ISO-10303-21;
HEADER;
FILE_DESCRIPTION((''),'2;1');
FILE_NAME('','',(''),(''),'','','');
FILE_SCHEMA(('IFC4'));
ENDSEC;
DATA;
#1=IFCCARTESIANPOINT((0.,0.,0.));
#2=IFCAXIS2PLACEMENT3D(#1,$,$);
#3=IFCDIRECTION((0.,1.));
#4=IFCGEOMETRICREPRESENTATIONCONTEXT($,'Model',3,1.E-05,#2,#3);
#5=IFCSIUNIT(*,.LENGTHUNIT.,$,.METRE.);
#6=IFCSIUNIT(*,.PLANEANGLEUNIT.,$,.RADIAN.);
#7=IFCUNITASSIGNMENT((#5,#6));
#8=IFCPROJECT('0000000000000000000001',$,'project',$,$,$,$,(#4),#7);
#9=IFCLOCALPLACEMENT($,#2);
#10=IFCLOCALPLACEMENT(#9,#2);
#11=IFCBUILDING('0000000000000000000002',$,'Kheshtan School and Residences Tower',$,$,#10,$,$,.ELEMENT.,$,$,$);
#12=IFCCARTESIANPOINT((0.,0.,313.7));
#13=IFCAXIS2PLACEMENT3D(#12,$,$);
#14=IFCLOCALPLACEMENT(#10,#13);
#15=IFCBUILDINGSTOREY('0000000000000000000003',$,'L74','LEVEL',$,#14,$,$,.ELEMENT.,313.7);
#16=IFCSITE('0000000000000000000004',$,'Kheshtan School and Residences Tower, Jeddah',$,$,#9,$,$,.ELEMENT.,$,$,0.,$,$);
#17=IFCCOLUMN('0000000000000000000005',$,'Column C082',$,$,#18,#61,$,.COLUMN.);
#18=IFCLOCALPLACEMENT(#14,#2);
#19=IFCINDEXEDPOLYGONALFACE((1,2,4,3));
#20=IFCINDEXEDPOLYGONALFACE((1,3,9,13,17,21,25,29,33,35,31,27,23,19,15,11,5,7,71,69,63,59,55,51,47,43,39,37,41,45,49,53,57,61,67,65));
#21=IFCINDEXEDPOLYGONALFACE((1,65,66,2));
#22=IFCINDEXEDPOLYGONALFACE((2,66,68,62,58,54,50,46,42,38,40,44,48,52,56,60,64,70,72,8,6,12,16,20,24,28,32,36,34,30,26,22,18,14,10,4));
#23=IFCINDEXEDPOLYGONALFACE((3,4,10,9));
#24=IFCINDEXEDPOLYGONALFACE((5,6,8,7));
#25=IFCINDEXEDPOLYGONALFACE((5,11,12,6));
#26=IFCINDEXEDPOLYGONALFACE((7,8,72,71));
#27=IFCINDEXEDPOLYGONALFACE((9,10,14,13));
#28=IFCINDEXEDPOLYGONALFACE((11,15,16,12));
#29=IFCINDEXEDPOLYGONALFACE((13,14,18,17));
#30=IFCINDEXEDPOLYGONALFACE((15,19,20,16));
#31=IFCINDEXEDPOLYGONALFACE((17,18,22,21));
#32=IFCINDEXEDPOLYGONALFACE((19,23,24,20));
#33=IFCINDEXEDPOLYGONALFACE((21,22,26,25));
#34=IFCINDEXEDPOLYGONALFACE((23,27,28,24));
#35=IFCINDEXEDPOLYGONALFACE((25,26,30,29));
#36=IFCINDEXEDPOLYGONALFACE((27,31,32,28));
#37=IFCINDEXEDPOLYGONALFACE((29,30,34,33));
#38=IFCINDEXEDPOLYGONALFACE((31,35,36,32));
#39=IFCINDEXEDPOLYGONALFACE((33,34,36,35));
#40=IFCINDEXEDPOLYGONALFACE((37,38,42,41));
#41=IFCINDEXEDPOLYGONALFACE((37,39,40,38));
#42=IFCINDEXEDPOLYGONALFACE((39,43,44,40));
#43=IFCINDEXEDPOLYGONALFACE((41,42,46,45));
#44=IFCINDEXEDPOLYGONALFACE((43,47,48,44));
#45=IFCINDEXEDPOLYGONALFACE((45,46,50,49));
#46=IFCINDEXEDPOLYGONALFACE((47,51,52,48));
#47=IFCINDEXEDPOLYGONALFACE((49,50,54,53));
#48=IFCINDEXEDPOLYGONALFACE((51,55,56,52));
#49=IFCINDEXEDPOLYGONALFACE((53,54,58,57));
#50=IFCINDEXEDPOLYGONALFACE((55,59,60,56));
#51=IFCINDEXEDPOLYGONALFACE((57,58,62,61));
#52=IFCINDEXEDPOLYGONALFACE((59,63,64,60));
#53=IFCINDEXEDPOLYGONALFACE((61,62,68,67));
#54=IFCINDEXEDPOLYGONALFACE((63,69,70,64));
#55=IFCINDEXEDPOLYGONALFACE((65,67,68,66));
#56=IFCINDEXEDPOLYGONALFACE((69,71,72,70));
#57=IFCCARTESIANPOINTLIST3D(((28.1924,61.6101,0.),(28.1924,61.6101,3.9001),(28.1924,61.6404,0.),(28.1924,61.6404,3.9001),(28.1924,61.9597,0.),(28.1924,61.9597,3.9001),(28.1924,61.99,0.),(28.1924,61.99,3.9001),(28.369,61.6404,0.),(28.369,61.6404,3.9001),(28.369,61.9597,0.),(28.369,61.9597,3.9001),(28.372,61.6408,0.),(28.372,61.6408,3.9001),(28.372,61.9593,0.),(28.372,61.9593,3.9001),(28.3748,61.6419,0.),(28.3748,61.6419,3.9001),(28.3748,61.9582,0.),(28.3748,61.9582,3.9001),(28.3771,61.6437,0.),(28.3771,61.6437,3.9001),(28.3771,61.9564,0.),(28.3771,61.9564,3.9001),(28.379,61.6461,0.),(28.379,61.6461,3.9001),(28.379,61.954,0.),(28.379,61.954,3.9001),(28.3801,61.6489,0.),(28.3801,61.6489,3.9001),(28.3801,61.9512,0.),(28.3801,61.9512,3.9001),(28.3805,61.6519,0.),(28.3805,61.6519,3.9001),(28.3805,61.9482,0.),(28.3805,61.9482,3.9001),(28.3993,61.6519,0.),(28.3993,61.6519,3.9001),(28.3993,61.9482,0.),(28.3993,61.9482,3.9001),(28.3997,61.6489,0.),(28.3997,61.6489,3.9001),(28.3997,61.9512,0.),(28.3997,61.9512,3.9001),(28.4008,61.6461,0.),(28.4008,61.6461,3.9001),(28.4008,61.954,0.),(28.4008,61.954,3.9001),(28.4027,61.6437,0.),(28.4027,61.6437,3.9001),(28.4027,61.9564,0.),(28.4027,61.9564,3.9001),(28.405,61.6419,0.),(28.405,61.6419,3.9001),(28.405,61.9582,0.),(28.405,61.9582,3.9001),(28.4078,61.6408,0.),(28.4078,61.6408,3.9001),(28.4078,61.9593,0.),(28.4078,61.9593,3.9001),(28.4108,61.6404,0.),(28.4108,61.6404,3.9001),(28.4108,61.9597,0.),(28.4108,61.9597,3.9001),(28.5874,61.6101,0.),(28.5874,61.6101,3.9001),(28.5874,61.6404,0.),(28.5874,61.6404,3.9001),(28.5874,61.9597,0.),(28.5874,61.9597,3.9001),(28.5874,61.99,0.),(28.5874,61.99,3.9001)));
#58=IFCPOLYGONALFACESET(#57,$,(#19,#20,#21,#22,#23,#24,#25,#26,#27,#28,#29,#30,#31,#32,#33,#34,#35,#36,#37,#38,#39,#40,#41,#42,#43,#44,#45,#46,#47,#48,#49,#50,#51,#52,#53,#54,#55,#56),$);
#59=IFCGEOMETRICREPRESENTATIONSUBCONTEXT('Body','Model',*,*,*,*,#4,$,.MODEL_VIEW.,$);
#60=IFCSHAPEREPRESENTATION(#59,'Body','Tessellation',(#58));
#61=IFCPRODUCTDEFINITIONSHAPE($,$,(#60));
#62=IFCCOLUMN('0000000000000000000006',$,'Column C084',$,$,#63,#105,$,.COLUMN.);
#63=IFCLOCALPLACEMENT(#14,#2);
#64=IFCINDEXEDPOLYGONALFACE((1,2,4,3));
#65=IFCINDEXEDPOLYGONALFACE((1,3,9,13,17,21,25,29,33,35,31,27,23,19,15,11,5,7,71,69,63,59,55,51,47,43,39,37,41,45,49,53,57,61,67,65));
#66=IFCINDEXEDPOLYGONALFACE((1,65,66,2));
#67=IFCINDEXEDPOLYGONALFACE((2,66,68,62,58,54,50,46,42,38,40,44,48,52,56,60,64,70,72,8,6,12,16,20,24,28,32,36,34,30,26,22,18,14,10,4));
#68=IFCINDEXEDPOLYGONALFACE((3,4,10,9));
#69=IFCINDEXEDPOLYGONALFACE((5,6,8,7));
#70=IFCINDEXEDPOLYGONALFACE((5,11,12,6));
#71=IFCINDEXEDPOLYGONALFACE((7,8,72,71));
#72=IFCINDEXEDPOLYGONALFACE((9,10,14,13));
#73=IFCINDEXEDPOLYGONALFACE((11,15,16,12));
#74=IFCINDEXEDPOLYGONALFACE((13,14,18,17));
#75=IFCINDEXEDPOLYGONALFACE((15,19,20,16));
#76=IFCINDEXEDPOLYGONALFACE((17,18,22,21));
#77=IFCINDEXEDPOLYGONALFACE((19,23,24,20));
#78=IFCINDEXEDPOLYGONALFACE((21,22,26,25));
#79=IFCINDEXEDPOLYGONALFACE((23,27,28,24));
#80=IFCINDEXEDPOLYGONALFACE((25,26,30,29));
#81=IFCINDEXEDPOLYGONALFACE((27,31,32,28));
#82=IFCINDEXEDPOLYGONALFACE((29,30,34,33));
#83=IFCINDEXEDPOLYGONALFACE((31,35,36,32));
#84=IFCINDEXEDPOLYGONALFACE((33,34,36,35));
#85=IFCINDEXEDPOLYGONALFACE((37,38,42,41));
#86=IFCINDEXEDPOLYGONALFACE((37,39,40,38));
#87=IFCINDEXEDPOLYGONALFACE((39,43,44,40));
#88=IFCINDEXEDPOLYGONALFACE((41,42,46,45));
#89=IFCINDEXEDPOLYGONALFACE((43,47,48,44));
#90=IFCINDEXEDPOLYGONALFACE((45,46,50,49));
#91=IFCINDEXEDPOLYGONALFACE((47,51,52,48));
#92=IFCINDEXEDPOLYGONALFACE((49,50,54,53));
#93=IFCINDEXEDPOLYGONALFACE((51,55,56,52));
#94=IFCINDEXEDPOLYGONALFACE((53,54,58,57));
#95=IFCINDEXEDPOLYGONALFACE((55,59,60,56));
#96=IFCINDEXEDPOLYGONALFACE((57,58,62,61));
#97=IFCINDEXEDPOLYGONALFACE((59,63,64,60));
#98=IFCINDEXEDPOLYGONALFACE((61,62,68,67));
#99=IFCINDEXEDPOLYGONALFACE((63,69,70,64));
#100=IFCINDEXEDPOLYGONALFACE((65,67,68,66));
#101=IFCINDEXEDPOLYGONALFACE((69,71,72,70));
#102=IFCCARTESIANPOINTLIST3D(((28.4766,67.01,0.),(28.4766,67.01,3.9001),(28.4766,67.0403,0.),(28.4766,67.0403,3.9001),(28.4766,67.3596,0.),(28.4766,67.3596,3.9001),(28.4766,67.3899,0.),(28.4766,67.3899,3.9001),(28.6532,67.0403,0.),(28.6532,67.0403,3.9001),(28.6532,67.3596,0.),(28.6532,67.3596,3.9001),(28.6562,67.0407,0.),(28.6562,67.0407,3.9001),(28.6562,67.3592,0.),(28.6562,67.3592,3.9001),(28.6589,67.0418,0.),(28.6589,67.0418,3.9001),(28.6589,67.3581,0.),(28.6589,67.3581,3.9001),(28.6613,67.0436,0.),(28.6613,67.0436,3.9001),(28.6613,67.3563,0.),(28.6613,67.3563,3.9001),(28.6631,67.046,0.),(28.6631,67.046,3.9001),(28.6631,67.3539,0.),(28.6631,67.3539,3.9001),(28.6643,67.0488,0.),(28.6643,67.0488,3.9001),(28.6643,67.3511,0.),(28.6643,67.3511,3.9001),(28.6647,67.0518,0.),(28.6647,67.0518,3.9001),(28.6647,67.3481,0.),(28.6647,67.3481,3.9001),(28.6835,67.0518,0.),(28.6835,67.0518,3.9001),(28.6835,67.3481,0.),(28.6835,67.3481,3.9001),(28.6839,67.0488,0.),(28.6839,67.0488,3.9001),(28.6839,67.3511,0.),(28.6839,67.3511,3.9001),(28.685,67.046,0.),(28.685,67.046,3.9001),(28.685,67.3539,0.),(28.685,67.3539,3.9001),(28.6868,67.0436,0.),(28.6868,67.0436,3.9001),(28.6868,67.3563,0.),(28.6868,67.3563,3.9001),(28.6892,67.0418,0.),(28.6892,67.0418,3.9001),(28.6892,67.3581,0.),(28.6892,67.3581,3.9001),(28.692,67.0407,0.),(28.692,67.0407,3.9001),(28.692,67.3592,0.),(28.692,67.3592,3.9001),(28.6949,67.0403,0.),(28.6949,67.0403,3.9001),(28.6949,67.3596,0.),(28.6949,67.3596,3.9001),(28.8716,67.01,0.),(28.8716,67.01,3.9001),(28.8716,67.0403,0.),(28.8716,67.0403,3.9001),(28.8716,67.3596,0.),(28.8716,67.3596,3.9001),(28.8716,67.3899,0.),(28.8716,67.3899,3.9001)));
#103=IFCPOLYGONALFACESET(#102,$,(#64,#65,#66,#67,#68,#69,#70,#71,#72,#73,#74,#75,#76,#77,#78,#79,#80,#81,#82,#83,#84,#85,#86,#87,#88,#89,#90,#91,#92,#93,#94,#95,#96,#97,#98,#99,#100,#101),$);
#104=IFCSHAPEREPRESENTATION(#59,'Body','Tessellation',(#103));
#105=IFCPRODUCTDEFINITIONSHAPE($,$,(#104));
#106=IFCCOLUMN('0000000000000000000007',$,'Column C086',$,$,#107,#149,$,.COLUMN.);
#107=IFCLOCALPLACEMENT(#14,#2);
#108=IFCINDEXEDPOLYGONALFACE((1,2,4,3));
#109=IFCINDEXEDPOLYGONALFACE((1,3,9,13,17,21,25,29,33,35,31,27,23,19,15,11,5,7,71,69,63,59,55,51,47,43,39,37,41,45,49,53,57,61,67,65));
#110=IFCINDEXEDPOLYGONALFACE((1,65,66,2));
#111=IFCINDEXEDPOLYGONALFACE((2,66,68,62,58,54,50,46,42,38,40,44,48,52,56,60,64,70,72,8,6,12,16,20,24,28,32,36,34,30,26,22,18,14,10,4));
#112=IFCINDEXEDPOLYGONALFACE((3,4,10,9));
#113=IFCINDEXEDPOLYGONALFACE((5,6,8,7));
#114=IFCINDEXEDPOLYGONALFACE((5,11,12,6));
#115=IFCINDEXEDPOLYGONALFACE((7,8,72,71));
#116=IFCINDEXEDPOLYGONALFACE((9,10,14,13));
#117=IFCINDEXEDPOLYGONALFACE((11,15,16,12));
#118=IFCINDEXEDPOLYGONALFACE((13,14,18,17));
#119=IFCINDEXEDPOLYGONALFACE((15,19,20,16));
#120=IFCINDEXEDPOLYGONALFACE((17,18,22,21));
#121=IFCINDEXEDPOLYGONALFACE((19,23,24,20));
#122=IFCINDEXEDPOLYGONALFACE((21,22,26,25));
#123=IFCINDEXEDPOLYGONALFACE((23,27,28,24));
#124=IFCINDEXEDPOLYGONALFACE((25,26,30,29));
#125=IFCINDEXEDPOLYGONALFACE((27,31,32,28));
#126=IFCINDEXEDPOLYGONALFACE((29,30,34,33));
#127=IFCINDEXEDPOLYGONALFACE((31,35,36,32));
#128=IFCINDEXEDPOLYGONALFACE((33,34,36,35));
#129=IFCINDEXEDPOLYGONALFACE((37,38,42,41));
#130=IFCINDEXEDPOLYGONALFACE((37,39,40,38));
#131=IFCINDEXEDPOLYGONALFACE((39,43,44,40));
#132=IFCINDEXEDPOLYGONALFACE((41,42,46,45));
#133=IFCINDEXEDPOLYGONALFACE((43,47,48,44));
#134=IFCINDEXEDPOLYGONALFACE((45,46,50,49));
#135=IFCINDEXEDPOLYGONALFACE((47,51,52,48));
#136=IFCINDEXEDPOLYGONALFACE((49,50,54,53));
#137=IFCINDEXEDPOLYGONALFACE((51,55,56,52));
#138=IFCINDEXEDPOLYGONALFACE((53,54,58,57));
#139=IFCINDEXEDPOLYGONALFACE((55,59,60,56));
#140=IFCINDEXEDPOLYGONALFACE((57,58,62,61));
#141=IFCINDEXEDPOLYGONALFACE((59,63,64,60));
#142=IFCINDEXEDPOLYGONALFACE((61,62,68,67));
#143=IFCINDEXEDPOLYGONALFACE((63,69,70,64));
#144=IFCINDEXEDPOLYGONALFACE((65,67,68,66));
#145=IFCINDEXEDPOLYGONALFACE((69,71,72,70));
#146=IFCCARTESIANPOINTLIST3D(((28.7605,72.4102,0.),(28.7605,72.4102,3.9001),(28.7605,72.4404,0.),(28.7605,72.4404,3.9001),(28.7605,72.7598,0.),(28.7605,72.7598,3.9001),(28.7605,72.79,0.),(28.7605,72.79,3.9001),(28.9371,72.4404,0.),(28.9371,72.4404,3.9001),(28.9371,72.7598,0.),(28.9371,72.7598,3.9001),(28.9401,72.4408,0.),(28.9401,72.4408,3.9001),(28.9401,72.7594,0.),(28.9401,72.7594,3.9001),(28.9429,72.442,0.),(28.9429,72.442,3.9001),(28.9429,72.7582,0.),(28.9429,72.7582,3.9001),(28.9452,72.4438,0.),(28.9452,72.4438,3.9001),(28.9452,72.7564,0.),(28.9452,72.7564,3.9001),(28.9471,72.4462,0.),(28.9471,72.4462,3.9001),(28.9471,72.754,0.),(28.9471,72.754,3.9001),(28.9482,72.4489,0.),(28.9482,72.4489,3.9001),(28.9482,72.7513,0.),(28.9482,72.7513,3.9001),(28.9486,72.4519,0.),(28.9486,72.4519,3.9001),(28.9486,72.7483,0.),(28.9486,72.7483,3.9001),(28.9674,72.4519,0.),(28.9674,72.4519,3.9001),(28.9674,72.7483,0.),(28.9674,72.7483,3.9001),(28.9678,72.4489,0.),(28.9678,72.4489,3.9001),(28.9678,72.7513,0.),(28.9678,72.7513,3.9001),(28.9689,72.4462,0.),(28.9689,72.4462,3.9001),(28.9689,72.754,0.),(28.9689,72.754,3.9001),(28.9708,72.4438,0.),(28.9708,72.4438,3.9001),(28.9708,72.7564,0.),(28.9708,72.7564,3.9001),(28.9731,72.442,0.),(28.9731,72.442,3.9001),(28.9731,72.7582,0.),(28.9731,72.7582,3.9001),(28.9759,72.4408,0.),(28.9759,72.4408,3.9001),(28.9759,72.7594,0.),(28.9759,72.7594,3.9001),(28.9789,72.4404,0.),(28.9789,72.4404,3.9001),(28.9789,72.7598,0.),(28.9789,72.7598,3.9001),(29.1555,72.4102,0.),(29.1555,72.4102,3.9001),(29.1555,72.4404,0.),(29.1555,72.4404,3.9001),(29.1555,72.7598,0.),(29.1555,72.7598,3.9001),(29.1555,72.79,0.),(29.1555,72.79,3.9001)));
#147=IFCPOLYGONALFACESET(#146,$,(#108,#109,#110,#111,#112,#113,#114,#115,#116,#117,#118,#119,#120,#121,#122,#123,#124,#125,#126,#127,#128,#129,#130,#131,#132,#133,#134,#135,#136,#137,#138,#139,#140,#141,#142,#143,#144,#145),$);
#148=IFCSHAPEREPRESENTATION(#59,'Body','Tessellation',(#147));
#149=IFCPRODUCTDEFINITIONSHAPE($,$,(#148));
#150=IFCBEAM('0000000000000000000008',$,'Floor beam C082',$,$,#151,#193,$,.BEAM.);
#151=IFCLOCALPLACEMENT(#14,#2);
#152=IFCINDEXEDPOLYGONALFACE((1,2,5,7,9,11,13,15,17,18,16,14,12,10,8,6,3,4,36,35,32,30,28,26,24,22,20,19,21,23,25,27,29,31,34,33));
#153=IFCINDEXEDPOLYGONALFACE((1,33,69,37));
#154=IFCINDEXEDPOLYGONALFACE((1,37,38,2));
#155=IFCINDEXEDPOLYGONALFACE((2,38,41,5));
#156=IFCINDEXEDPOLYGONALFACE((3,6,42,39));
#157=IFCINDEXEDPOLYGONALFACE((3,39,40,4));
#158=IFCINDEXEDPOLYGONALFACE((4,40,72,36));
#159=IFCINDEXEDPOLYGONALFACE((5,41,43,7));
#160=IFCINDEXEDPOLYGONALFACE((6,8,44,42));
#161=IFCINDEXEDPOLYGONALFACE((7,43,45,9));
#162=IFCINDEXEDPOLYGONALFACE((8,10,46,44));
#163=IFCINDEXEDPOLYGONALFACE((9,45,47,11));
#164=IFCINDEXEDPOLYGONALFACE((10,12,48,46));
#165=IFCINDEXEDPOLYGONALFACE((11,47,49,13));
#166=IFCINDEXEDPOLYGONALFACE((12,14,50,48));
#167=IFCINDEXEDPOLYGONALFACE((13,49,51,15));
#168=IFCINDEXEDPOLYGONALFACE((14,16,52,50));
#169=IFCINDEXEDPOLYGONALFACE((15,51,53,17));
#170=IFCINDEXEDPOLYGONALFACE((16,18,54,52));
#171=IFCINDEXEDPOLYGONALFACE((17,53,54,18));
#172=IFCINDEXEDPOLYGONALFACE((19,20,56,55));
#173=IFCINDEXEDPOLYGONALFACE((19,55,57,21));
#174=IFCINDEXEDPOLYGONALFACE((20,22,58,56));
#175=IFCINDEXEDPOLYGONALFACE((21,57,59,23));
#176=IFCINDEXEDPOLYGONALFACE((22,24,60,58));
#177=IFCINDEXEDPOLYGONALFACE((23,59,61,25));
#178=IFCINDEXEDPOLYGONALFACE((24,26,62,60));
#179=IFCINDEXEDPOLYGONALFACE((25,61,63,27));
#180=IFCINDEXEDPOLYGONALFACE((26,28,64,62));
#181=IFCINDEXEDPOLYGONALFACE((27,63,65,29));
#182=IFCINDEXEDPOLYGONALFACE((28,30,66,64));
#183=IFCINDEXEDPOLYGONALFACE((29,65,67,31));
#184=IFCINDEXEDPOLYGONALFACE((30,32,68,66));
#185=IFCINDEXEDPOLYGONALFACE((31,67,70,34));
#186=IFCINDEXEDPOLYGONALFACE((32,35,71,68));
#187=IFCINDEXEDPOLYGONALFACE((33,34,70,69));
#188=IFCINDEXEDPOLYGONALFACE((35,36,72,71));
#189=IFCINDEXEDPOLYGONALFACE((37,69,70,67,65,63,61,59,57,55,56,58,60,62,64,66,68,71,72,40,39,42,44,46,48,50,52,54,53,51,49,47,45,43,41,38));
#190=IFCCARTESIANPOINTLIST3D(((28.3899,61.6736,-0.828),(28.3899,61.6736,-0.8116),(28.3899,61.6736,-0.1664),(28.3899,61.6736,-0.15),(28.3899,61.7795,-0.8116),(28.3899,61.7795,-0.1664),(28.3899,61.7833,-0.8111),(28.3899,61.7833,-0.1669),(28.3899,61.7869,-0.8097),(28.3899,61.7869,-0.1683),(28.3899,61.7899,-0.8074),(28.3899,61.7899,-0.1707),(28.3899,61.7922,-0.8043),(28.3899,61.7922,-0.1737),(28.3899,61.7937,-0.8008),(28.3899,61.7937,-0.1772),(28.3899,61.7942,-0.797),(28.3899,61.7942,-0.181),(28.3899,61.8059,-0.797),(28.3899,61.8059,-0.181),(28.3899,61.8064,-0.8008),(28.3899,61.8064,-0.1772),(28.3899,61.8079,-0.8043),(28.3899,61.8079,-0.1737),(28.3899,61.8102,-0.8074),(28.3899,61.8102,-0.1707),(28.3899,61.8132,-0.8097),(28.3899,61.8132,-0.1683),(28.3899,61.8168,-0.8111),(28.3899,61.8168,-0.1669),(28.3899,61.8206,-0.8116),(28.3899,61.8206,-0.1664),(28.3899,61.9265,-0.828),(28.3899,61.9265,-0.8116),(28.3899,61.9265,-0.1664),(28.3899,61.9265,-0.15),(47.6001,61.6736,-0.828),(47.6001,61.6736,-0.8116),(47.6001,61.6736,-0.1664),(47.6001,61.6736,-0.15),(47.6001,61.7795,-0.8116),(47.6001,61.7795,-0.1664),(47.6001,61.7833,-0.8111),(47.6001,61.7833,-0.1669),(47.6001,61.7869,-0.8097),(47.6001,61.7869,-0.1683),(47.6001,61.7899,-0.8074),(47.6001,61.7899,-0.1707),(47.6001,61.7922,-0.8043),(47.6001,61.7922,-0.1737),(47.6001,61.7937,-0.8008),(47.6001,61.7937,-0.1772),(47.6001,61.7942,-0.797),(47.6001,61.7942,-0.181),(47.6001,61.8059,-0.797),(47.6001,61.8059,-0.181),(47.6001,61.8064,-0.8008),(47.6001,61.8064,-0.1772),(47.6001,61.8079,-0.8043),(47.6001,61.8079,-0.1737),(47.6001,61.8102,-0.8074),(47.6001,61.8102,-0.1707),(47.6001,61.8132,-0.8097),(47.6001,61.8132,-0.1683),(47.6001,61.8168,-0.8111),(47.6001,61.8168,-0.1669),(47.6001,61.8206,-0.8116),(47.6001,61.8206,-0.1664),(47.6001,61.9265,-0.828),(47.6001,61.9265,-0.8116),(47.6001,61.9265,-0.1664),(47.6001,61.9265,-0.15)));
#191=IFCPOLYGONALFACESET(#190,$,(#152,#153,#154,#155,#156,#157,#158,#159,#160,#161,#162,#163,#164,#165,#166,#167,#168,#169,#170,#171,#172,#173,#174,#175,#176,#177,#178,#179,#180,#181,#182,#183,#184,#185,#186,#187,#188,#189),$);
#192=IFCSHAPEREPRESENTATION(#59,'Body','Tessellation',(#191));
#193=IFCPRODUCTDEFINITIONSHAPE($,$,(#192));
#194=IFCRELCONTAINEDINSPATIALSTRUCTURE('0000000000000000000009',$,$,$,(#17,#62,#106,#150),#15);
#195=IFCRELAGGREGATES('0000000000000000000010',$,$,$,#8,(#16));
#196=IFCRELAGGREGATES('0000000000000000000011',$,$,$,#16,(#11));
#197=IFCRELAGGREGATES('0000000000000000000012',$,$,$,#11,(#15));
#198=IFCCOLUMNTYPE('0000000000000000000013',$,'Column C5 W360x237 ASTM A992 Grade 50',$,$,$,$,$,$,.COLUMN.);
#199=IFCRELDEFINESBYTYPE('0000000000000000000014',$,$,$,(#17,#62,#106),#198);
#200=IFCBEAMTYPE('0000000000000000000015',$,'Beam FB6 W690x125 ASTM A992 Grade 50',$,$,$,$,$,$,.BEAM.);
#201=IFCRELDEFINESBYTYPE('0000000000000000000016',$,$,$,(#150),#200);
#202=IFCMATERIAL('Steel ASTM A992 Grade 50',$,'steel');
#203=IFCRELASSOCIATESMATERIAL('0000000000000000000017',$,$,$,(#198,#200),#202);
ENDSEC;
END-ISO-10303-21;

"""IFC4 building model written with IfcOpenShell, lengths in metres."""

from ifc_helpers import new_model, si_unit, direction, frame, origin, origin_2d, place, context, subcontext, project, spatial, i_section, extrude, material, material_profile, profile_set, type_object, element, save


model = new_model("IFC4")

# Units and contexts
model_context = context("Model", 3, precision=1e-05, world=origin(), true_north=direction((0.0, 1.0)))
body_context = subcontext(model_context, "Body", "Model", "MODEL_VIEW")
ifc_project = project(units=[si_unit("LENGTHUNIT", "METRE"), si_unit("PLANEANGLEUNIT", "RADIAN")], contexts=[model_context])

# Site, building, storey
site_placement = place(None, origin())
site = spatial("IfcSite", under=ifc_project, at=site_placement, Name="Kheshtan School and Residences Tower, Jeddah", CompositionType="ELEMENT", RefElevation=0.0)
building_placement = place(site_placement, origin())
building = spatial("IfcBuilding", under=site, at=building_placement, Name="Kheshtan School and Residences Tower", CompositionType="ELEMENT")
storey_placement = place(building_placement, frame((0.0, 0.0, 313.7)))
storey = spatial("IfcBuildingStorey", under=building, at=storey_placement, Name="L74", Description="LEVEL", CompositionType="ELEMENT", Elevation=313.7)

# Columns
ifc_material_1 = material(Name="Steel ASTM A992 Grade 50", Category="steel")
ifc_material_profile_1 = material_profile(ifc_material_1, i_section(OverallWidth=0.395, OverallDepth=0.3799, WebThickness=0.0188, FlangeThickness=0.0303, FilletRadius=0.0115, at=origin_2d()), Name="W360x237")
ifc_profile_set_1 = profile_set([ifc_material_profile_1], Name="Steel ASTM A992 Grade 50")
column_type = type_object("IfcColumnType", Name="Column C5 W360x237 ASTM A992 Grade 50", PredefinedType="COLUMN", material=ifc_profile_set_1)
for number, where, z_axis, x_axis, name in (
    (1, (28.3899, 61.8, 0.0), (0.0, 0.0, 1.0), (1.0, 0.0, 0.0), "Column C082"),
    (2, (28.6741, 67.2, 0.0), (0.0, 0.0, 1.0), (1.0, 0.0, 0.0), "Column C084"),
    (3, (28.958, 72.6001, 0.0), (0.0, 0.0, 1.0), (1.0, 0.0, 0.0), "Column C086"),
):
    element("IfcColumn", number, at=place(storey_placement, frame(where, z_axis=z_axis, x_axis=x_axis)), inside=storey, type_object=column_type, Name=name, PredefinedType="COLUMN", context=body_context, shape_type="SweptSolid", body=[
        extrude(i_section(OverallWidth=0.395, OverallDepth=0.3799, WebThickness=0.0188, FlangeThickness=0.0303, FilletRadius=0.0115, at=origin_2d()), origin(), (0.0, 0.0, 1.0), 3.9001),
    ])

# Beam
ifc_material_profile_2 = material_profile(ifc_material_1, i_section(OverallWidth=0.2529, OverallDepth=0.678, WebThickness=0.0117, FlangeThickness=0.0164, FilletRadius=0.0146, at=origin_2d()), Name="W690x125")
ifc_profile_set_2 = profile_set([ifc_material_profile_2], Name="Steel ASTM A992 Grade 50")
beam_type_1 = type_object("IfcBeamType", Name="Beam FB6 W690x125 ASTM A992 Grade 50", PredefinedType="BEAM", material=ifc_profile_set_2)
beam_1_placement = place(storey_placement, frame((28.3899, 61.8, -0.489), z_axis=(1.0, 0.0, 0.0), x_axis=(0.0, 1.0, 0.0)))
element("IfcBeam", 4, at=beam_1_placement, inside=storey, type_object=beam_type_1, Name="Floor beam C082", PredefinedType="BEAM", context=body_context, shape_type="SweptSolid", body=[
    extrude(i_section(OverallWidth=0.2529, OverallDepth=0.678, WebThickness=0.0117, FlangeThickness=0.0164, FilletRadius=0.0146, at=origin_2d()), origin(), (0.0, 0.0, 1.0), 19.2102),
])

save(model, "model.ifc")
